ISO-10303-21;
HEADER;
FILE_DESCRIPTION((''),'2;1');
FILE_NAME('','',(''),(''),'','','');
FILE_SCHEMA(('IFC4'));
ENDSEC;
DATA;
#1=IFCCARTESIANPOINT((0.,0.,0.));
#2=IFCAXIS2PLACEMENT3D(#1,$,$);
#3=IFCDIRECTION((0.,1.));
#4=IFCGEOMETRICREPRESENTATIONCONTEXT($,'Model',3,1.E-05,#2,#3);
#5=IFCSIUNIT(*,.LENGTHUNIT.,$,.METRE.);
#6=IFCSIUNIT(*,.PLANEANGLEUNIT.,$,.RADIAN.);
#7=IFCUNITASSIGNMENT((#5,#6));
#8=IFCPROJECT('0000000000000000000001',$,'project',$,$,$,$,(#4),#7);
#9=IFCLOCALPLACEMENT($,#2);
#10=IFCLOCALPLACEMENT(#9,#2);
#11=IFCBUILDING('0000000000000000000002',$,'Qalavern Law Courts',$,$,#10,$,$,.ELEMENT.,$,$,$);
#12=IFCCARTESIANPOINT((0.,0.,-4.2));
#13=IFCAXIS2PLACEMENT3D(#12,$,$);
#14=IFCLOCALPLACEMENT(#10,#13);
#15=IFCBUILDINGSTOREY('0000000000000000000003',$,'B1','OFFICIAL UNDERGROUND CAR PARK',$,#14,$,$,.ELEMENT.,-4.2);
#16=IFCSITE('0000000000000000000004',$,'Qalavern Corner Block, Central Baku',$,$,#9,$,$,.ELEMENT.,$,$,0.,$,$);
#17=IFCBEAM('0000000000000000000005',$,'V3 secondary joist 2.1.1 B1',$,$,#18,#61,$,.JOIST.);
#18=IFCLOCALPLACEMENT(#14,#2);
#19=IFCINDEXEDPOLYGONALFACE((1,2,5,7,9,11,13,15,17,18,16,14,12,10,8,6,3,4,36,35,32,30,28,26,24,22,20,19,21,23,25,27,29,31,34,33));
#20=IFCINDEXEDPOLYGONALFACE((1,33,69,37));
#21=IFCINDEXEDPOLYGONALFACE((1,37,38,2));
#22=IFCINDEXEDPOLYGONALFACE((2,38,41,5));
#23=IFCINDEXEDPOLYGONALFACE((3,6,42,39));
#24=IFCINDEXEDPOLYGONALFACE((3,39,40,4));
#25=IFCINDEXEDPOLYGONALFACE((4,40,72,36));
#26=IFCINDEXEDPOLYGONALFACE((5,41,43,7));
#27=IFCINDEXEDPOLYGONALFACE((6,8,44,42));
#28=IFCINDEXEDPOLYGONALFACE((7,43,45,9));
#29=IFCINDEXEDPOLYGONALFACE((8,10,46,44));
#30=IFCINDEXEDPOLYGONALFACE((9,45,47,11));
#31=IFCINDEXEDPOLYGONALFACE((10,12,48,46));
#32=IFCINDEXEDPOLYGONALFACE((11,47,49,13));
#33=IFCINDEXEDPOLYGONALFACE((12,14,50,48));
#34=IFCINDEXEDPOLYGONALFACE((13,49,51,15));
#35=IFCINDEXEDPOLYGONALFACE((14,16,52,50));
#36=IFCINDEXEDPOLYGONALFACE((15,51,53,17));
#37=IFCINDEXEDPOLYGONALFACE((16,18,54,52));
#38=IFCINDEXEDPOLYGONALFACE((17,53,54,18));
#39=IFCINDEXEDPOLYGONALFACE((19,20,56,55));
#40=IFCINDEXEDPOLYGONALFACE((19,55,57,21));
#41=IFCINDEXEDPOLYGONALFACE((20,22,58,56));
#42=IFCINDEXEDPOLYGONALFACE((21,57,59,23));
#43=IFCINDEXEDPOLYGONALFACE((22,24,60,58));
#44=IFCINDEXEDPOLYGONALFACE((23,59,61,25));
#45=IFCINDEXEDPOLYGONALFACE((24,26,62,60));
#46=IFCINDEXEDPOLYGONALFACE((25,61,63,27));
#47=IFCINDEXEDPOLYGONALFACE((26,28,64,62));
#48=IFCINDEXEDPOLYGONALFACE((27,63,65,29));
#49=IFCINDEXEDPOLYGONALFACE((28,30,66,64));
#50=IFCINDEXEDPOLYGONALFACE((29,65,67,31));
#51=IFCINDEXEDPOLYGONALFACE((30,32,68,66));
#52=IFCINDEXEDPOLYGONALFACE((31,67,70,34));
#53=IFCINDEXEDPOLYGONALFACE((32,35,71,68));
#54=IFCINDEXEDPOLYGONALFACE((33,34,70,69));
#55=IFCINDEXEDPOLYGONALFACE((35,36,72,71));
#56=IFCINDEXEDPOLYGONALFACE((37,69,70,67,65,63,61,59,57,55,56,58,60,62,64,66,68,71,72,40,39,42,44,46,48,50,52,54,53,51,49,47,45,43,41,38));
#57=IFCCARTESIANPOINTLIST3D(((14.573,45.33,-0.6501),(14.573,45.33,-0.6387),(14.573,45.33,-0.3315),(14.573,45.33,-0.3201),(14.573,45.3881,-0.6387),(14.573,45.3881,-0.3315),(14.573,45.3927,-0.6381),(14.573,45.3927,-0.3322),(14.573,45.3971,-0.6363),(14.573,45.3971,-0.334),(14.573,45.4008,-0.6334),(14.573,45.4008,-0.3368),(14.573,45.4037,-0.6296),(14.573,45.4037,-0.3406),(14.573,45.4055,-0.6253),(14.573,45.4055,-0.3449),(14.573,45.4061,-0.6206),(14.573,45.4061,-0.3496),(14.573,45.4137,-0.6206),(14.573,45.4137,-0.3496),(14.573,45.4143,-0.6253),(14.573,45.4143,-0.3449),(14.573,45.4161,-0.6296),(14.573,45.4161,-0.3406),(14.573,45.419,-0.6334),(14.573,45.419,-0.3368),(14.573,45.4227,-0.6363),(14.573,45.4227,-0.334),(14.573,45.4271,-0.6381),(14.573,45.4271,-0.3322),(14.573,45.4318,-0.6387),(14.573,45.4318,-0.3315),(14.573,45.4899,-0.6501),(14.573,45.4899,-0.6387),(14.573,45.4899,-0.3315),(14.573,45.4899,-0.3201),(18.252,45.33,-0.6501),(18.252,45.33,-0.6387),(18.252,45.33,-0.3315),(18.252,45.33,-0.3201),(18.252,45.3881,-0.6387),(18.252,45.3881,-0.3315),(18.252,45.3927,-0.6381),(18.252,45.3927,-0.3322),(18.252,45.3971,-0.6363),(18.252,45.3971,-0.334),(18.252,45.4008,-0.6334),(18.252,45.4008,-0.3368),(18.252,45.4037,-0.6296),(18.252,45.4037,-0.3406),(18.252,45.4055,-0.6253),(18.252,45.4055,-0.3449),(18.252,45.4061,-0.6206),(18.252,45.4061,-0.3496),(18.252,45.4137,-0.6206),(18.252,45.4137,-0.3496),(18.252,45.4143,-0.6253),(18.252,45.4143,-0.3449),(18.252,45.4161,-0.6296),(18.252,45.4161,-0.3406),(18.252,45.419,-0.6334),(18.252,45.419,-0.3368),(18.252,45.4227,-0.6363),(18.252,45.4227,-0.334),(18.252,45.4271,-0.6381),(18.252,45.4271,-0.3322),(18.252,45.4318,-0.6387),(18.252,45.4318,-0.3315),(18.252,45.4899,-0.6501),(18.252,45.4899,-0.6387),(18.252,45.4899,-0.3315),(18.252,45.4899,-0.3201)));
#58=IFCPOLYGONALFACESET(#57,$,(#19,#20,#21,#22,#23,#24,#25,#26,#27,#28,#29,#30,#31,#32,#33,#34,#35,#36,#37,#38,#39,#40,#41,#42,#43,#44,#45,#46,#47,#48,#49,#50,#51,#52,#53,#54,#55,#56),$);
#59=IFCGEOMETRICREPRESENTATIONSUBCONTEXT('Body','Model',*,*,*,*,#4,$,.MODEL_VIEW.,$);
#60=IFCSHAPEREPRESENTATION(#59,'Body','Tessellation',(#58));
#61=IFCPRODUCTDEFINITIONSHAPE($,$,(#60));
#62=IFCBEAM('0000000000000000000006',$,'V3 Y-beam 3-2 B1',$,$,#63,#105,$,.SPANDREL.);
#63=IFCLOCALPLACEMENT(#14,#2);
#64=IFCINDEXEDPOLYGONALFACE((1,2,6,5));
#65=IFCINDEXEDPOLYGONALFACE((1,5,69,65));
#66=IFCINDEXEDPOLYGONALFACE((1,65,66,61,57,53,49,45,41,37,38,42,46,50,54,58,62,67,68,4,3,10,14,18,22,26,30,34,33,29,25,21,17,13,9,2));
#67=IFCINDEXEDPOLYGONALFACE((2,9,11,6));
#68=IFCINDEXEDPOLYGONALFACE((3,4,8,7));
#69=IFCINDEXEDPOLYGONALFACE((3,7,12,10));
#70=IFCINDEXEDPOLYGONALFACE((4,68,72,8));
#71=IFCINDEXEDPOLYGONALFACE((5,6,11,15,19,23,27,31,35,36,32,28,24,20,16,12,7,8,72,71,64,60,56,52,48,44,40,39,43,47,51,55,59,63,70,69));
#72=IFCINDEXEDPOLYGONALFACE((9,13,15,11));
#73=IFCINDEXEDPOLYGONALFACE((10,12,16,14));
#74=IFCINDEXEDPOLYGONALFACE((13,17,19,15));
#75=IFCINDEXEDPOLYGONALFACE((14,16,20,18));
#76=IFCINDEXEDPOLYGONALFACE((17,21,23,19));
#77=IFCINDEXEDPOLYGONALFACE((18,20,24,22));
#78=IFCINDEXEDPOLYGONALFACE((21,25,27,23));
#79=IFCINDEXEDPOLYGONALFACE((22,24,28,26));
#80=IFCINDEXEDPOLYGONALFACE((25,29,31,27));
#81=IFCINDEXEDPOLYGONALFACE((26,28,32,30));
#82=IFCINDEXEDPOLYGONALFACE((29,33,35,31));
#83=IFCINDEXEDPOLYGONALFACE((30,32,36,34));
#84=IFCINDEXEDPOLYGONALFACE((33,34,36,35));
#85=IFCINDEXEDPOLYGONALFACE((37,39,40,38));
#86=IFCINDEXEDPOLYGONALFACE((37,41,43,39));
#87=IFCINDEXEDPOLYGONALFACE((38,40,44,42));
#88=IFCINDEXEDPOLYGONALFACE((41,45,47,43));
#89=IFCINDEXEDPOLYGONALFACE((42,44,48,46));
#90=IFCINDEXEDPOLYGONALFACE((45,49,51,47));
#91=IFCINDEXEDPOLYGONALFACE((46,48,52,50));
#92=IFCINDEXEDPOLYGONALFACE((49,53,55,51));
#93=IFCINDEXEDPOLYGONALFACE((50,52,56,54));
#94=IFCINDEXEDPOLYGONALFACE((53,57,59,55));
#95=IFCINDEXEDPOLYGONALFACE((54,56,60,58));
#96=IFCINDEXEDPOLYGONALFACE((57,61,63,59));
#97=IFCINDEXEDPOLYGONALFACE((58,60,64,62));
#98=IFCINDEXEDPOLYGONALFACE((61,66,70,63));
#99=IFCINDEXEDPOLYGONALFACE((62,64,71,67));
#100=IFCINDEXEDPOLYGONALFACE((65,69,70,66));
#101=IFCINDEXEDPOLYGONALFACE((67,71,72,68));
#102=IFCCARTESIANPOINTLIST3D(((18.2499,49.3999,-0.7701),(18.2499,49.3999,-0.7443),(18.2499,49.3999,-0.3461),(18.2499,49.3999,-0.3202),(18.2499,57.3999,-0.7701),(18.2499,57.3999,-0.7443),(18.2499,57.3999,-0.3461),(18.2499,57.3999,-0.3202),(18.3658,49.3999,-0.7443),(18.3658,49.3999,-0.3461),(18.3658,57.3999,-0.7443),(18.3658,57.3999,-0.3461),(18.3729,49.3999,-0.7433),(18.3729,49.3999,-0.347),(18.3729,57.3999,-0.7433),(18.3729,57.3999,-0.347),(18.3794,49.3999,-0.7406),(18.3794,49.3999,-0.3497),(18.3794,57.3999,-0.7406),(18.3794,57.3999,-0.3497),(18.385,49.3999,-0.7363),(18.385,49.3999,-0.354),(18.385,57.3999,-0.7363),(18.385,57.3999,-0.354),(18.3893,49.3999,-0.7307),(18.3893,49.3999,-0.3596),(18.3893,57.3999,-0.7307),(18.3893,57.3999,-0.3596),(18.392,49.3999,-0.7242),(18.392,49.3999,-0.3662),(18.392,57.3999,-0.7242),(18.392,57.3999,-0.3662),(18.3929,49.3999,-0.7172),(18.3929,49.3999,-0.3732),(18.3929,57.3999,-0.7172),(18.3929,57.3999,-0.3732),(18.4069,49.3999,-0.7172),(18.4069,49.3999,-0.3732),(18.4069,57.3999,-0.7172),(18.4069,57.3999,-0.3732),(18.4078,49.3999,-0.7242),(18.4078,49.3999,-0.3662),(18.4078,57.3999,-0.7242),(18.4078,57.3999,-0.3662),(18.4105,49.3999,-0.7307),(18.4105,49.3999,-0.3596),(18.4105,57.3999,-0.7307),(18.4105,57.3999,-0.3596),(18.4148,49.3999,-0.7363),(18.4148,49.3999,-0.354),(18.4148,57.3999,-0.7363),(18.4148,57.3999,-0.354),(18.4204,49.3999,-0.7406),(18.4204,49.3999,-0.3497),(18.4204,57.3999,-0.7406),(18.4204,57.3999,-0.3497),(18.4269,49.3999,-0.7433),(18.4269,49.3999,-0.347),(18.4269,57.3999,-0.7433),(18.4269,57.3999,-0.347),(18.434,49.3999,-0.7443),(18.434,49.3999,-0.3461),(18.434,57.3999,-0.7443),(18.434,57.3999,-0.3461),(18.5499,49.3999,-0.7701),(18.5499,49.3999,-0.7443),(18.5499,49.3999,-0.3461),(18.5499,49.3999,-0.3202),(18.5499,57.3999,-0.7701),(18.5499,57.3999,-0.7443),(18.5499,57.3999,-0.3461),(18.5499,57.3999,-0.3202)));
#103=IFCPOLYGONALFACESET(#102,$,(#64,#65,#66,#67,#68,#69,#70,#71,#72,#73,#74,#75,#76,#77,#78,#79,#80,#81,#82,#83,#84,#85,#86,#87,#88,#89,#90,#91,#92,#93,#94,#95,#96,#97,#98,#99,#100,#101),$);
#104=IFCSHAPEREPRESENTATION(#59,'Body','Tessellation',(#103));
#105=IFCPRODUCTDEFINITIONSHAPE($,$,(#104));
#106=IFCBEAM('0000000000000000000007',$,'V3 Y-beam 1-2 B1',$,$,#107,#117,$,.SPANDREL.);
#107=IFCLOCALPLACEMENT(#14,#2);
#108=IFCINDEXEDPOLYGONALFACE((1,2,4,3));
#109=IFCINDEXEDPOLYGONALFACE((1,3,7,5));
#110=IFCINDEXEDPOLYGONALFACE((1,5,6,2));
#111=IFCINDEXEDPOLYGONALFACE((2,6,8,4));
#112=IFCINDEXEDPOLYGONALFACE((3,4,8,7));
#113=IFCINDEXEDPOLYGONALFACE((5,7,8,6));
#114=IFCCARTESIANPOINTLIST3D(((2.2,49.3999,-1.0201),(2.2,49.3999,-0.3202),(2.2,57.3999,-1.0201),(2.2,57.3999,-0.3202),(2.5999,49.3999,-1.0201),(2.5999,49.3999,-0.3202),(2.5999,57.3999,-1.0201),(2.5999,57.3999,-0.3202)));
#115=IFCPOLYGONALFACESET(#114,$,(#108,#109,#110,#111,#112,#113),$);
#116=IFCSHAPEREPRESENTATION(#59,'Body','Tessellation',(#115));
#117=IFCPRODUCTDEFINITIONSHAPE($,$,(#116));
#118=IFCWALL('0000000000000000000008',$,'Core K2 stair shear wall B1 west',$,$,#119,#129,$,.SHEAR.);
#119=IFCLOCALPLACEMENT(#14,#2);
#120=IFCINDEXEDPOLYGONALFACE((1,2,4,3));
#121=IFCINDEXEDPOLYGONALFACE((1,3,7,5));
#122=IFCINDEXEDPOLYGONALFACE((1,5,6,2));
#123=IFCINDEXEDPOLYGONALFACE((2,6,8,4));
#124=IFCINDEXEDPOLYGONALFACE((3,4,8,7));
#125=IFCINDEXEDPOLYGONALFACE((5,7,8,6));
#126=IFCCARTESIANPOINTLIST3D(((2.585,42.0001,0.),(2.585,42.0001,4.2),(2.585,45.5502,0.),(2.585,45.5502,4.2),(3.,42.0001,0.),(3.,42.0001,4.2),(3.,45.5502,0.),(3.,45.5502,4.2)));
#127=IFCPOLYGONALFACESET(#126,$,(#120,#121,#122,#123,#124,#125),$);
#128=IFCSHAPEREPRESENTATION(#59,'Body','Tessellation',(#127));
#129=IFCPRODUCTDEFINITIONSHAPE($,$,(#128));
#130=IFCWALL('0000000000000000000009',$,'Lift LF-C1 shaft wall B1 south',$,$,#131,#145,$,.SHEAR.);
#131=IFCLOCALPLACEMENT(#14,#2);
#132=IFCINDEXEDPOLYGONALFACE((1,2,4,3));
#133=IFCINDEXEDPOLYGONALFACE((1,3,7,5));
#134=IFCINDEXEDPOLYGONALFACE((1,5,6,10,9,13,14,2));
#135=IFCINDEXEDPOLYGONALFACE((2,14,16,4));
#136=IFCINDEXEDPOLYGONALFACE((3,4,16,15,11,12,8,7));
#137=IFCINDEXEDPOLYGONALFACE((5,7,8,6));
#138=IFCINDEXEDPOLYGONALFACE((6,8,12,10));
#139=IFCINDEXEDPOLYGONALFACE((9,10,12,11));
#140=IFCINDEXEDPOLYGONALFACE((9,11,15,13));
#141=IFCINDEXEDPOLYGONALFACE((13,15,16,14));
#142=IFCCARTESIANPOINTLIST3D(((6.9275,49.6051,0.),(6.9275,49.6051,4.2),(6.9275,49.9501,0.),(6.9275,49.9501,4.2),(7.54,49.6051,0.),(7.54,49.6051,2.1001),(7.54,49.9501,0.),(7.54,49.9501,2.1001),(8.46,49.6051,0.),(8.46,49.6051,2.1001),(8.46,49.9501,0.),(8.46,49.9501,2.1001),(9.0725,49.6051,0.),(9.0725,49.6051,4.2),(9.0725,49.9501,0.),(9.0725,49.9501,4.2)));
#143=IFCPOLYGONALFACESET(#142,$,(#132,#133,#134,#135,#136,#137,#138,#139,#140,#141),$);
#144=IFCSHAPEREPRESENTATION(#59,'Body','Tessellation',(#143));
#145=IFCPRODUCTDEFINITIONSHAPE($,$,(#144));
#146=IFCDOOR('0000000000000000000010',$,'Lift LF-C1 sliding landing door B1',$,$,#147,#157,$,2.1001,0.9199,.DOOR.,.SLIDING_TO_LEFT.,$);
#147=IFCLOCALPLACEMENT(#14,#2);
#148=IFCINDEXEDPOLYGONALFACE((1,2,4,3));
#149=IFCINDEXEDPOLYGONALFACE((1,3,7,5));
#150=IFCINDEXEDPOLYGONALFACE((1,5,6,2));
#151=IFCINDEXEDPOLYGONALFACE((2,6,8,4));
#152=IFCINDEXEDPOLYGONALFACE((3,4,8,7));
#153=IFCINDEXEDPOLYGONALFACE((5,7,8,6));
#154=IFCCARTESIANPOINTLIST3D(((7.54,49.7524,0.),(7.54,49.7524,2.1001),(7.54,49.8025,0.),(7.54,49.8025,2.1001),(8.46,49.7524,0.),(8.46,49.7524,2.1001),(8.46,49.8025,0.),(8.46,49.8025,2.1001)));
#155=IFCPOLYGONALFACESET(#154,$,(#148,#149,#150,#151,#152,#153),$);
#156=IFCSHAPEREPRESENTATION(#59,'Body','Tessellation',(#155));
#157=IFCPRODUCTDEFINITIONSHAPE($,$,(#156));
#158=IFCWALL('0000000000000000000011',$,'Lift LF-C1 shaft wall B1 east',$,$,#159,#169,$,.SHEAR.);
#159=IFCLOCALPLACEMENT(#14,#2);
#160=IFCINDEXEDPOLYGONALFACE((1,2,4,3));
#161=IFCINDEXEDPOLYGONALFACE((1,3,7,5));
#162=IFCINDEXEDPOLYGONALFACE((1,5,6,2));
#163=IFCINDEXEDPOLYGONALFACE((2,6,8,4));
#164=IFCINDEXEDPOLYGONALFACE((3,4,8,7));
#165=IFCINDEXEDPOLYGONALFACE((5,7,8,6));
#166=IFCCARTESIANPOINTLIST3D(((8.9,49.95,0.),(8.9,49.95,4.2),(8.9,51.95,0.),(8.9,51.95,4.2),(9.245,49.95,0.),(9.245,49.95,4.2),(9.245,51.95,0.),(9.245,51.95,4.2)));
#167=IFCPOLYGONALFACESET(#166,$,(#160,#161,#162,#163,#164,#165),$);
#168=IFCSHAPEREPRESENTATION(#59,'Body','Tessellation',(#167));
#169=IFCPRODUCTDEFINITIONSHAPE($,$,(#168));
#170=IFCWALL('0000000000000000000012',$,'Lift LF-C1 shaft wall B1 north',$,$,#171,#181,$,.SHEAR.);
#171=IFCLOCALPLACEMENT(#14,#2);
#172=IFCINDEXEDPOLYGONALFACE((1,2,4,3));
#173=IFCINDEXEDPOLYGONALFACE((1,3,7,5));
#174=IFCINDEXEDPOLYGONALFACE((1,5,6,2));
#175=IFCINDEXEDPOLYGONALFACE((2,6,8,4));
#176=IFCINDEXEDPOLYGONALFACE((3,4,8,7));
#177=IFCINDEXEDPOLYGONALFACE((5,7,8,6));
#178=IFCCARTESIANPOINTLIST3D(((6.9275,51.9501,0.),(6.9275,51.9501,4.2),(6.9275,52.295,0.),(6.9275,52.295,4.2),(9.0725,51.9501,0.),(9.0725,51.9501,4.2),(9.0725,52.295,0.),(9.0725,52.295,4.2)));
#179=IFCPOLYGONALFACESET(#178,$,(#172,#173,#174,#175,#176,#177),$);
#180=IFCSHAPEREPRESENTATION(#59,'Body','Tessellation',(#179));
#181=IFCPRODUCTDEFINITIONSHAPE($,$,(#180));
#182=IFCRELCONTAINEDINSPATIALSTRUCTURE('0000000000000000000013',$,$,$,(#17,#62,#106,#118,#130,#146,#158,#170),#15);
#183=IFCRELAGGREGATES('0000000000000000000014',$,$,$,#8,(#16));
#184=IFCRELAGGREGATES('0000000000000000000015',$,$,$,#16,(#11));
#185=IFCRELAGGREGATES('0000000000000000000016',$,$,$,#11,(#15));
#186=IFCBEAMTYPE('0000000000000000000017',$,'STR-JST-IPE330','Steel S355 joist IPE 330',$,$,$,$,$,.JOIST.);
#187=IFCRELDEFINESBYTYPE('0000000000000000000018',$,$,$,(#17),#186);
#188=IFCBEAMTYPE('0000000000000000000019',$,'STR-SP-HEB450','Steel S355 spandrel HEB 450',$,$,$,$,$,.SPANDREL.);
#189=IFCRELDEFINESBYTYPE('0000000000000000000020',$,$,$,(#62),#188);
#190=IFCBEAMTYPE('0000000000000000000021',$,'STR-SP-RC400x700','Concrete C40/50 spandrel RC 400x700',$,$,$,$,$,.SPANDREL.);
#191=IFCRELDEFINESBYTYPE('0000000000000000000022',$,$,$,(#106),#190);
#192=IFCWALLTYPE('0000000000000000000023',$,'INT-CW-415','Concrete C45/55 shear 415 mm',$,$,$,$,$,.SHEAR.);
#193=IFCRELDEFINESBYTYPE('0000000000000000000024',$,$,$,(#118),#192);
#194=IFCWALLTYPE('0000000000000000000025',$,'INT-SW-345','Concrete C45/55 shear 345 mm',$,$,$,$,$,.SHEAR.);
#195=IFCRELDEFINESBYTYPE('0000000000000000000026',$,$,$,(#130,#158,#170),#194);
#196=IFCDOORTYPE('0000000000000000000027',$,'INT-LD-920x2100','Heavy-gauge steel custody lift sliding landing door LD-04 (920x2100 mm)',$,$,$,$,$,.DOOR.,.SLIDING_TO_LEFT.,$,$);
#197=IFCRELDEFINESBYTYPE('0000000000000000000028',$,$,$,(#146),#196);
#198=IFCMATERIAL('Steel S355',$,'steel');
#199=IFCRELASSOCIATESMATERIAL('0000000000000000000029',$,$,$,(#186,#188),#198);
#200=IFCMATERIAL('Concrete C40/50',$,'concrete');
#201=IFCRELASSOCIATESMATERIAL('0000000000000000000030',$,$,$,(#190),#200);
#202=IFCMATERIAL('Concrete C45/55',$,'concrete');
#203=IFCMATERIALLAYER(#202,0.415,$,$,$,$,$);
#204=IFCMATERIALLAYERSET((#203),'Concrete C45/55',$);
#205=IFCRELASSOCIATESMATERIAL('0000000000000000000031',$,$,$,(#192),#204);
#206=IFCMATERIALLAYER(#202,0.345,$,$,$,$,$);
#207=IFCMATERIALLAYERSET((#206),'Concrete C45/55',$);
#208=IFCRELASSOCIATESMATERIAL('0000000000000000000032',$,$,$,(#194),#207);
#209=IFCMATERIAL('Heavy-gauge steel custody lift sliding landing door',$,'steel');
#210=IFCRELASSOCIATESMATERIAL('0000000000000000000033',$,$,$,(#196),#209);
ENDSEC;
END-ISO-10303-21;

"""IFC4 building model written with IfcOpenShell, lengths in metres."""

from ifc_helpers import new_model, si_unit, direction, frame, frame_2d, origin, origin_2d, place, context, subcontext, project, spatial, rectangle, i_section, extrude, material, layer, layer_set, material_profile, profile_set, type_object, element, fill, save


model = new_model("IFC4")

# Units and contexts
model_context = context("Model", 3, precision=1e-05, world=origin(), true_north=direction((0.0, 1.0)))
body_context = subcontext(model_context, "Body", "Model", "MODEL_VIEW")
ifc_project = project(units=[si_unit("LENGTHUNIT", "METRE"), si_unit("PLANEANGLEUNIT", "RADIAN")], contexts=[model_context])

# Site, building, storey
site_placement = place(None, origin())
site = spatial("IfcSite", under=ifc_project, at=site_placement, Name="Qalavern Corner Block, Central Baku", CompositionType="ELEMENT", RefElevation=0.0)
building_placement = place(site_placement, origin())
building = spatial("IfcBuilding", under=site, at=building_placement, Name="Qalavern Law Courts", CompositionType="ELEMENT")
storey_placement = place(building_placement, frame((0.0, 0.0, -4.2)))
storey = spatial("IfcBuildingStorey", under=building, at=storey_placement, Name="B1", Description="OFFICIAL UNDERGROUND CAR PARK", CompositionType="ELEMENT", Elevation=-4.2)

# Shared definitions
ifc_material_1 = material(Name="Concrete C45/55", Category="concrete")

# Beams
ifc_material_2 = material(Name="Steel S355", Category="steel")
ifc_material_profile_1 = material_profile(ifc_material_2, i_section(OverallWidth=0.1599, OverallDepth=0.3301, WebThickness=0.0076, FlangeThickness=0.0115, FilletRadius=0.0181, at=origin_2d()), Name="IPE 330")
ifc_profile_set_1 = profile_set([ifc_material_profile_1], Name="Steel S355")
beam_type_1 = type_object("IfcBeamType", Name="STR-JST-IPE330", Description="Steel S355 joist IPE 330", PredefinedType="JOIST", material=ifc_profile_set_1)
beam_1_placement = place(storey_placement, frame((14.573, 45.4099, -0.4851), z_axis=(1.0, 0.0, 0.0), x_axis=(0.0, 1.0, 0.0)))
element("IfcBeam", 1, at=beam_1_placement, inside=storey, type_object=beam_type_1, Name="V3 secondary joist 2.1.1 B1", PredefinedType="JOIST", context=body_context, shape_type="SweptSolid", body=[
    extrude(i_section(OverallWidth=0.1599, OverallDepth=0.3301, WebThickness=0.0076, FlangeThickness=0.0115, FilletRadius=0.0181, at=origin_2d()), origin(), (0.0, 0.0, 1.0), 3.679),
])
ifc_material_profile_2 = material_profile(ifc_material_2, i_section(OverallWidth=0.3, OverallDepth=0.45, WebThickness=0.0139, FlangeThickness=0.0259, FilletRadius=0.0271, at=origin_2d()), Name="HEB 450")
ifc_profile_set_2 = profile_set([ifc_material_profile_2], Name="Steel S355")
beam_type_2 = type_object("IfcBeamType", Name="STR-SP-HEB450", Description="Steel S355 spandrel HEB 450", PredefinedType="SPANDREL", material=ifc_profile_set_2)
beam_2_placement = place(storey_placement, frame((18.3999, 49.3999, -0.5452), z_axis=(0.0, 1.0, 0.0), x_axis=(-1.0, 0.0, 0.0)))
element("IfcBeam", 2, at=beam_2_placement, inside=storey, type_object=beam_type_2, Name="V3 Y-beam 3-2 B1", PredefinedType="SPANDREL", context=body_context, shape_type="SweptSolid", body=[
    extrude(i_section(OverallWidth=0.3, OverallDepth=0.45, WebThickness=0.0139, FlangeThickness=0.0259, FilletRadius=0.0271, at=origin_2d()), origin(), (0.0, 0.0, 1.0), 8.0),
])
ifc_material_3 = material(Name="Concrete C40/50", Category="concrete")
ifc_material_profile_3 = material_profile(ifc_material_3, rectangle(XDim=0.3999, YDim=0.7, at=origin_2d()), Name="RC 400x700")
ifc_profile_set_3 = profile_set([ifc_material_profile_3], Name="Concrete C40/50")
beam_type_3 = type_object("IfcBeamType", Name="STR-SP-RC400x700", Description="Concrete C40/50 spandrel RC 400x700", PredefinedType="SPANDREL", material=ifc_profile_set_3)
beam_3_placement = place(storey_placement, frame((2.3999, 49.3999, -0.6702), z_axis=(0.0, 1.0, 0.0), x_axis=(-1.0, 0.0, 0.0)))
element("IfcBeam", 3, at=beam_3_placement, inside=storey, type_object=beam_type_3, Name="V3 Y-beam 1-2 B1", PredefinedType="SPANDREL", context=body_context, shape_type="SweptSolid", body=[
    extrude(rectangle(XDim=0.3999, YDim=0.7, at=origin_2d()), origin(), (0.0, 0.0, 1.0), 8.0),
])

# Shared definitions
ifc_layer_1 = layer(ifc_material_1, 0.415)
ifc_layer_set_1 = layer_set([ifc_layer_1], Name="Concrete C45/55")
wall_type_1 = type_object("IfcWallType", Name="INT-CW-415", Description="Concrete C45/55 shear 415 mm", PredefinedType="SHEAR", material=ifc_layer_set_1)

# Wall
wall_1_placement = place(storey_placement, frame((2.7925, 45.55, 0.0), z_axis=(0.0, 0.0, 1.0), x_axis=(0.0, -1.0, 0.0)))
element("IfcWall", 4, at=wall_1_placement, inside=storey, type_object=wall_type_1, Name="Core K2 stair shear wall B1 west", PredefinedType="SHEAR", context=body_context, shape_type="SweptSolid", body=[
    extrude(rectangle(XDim=3.55, YDim=0.415, at=frame_2d((1.7749, 0.0))), origin(), (0.0, 0.0, 1.0), 4.2),
])

# Wall, opening, door
ifc_layer_2 = layer(ifc_material_1, 0.345)
ifc_layer_set_2 = layer_set([ifc_layer_2], Name="Concrete C45/55")
wall_type_2 = type_object("IfcWallType", Name="INT-SW-345", Description="Concrete C45/55 shear 345 mm", PredefinedType="SHEAR", material=ifc_layer_set_2)
wall_2_placement = place(storey_placement, frame((6.9275, 49.7776, 0.0), z_axis=(0.0, 0.0, 1.0), x_axis=(1.0, 0.0, 0.0)))
wall_2 = element("IfcWall", 5, at=wall_2_placement, inside=storey, type_object=wall_type_2, Name="Lift LF-C1 shaft wall B1 south", PredefinedType="SHEAR", context=body_context, shape_type="SweptSolid", body=[
    extrude(rectangle(XDim=2.145, YDim=0.345, at=frame_2d((1.0725, 0.0))), origin(), (0.0, 0.0, 1.0), 4.2),
])
opening_1_placement = place(wall_2_placement, frame((0.6125, 0.0, 0.0)))
opening_1 = element("IfcOpeningElement", 6, at=opening_1_placement, cuts=wall_2, PredefinedType="OPENING", context=body_context, shape_type="SweptSolid", body=[
    extrude(rectangle(XDim=0.9199, YDim=2.1001, at=frame_2d((0.46, 1.05))), frame((0.0, 0.1875, 0.0), z_axis=(0.0, -1.0, 0.0), x_axis=(1.0, 0.0, 0.0)), (0.0, 0.0, 1.0), 0.3748),
])
ifc_material_4 = material(Name="Heavy-gauge steel custody lift sliding landing door", Category="steel")
door_type_1 = type_object("IfcDoorType", Name="INT-LD-920x2100", Description="Heavy-gauge steel custody lift sliding landing door LD-04 (920x2100 mm)", OperationType="SLIDING_TO_LEFT", PredefinedType="DOOR", material=ifc_material_4)
door_1_placement = place(opening_1_placement, origin())
door_1 = element("IfcDoor", 7, at=door_1_placement, inside=storey, type_object=door_type_1, Name="Lift LF-C1 sliding landing door B1", OperationType="SLIDING_TO_LEFT", OverallHeight=2.1001, OverallWidth=0.9199, PredefinedType="DOOR", context=body_context, shape_type="SweptSolid", body=[
    extrude(rectangle(XDim=0.9199, YDim=2.1001, at=frame_2d((0.46, 1.05))), frame((0.0, 0.0249, 0.0), z_axis=(0.0, -1.0, 0.0), x_axis=(1.0, 0.0, 0.0)), (0.0, 0.0, 1.0), 0.05),
])
fill(opening_1, door_1)

# Walls
wall_3_placement = place(storey_placement, frame((9.0725, 49.95, 0.0), z_axis=(0.0, 0.0, 1.0), x_axis=(0.0, 1.0, 0.0)))
element("IfcWall", 8, at=wall_3_placement, inside=storey, type_object=wall_type_2, Name="Lift LF-C1 shaft wall B1 east", PredefinedType="SHEAR", context=body_context, shape_type="SweptSolid", body=[
    extrude(rectangle(XDim=2.0, YDim=0.345, at=frame_2d((1.0, 0.0))), origin(), (0.0, 0.0, 1.0), 4.2),
])
wall_4_placement = place(storey_placement, frame((9.0725, 52.1226, 0.0), z_axis=(0.0, 0.0, 1.0), x_axis=(-1.0, 0.0, 0.0)))
element("IfcWall", 9, at=wall_4_placement, inside=storey, type_object=wall_type_2, Name="Lift LF-C1 shaft wall B1 north", PredefinedType="SHEAR", context=body_context, shape_type="SweptSolid", body=[
    extrude(rectangle(XDim=2.145, YDim=0.345, at=frame_2d((1.0725, 0.0))), origin(), (0.0, 0.0, 1.0), 4.2),
])

save(model, "model.ifc")
